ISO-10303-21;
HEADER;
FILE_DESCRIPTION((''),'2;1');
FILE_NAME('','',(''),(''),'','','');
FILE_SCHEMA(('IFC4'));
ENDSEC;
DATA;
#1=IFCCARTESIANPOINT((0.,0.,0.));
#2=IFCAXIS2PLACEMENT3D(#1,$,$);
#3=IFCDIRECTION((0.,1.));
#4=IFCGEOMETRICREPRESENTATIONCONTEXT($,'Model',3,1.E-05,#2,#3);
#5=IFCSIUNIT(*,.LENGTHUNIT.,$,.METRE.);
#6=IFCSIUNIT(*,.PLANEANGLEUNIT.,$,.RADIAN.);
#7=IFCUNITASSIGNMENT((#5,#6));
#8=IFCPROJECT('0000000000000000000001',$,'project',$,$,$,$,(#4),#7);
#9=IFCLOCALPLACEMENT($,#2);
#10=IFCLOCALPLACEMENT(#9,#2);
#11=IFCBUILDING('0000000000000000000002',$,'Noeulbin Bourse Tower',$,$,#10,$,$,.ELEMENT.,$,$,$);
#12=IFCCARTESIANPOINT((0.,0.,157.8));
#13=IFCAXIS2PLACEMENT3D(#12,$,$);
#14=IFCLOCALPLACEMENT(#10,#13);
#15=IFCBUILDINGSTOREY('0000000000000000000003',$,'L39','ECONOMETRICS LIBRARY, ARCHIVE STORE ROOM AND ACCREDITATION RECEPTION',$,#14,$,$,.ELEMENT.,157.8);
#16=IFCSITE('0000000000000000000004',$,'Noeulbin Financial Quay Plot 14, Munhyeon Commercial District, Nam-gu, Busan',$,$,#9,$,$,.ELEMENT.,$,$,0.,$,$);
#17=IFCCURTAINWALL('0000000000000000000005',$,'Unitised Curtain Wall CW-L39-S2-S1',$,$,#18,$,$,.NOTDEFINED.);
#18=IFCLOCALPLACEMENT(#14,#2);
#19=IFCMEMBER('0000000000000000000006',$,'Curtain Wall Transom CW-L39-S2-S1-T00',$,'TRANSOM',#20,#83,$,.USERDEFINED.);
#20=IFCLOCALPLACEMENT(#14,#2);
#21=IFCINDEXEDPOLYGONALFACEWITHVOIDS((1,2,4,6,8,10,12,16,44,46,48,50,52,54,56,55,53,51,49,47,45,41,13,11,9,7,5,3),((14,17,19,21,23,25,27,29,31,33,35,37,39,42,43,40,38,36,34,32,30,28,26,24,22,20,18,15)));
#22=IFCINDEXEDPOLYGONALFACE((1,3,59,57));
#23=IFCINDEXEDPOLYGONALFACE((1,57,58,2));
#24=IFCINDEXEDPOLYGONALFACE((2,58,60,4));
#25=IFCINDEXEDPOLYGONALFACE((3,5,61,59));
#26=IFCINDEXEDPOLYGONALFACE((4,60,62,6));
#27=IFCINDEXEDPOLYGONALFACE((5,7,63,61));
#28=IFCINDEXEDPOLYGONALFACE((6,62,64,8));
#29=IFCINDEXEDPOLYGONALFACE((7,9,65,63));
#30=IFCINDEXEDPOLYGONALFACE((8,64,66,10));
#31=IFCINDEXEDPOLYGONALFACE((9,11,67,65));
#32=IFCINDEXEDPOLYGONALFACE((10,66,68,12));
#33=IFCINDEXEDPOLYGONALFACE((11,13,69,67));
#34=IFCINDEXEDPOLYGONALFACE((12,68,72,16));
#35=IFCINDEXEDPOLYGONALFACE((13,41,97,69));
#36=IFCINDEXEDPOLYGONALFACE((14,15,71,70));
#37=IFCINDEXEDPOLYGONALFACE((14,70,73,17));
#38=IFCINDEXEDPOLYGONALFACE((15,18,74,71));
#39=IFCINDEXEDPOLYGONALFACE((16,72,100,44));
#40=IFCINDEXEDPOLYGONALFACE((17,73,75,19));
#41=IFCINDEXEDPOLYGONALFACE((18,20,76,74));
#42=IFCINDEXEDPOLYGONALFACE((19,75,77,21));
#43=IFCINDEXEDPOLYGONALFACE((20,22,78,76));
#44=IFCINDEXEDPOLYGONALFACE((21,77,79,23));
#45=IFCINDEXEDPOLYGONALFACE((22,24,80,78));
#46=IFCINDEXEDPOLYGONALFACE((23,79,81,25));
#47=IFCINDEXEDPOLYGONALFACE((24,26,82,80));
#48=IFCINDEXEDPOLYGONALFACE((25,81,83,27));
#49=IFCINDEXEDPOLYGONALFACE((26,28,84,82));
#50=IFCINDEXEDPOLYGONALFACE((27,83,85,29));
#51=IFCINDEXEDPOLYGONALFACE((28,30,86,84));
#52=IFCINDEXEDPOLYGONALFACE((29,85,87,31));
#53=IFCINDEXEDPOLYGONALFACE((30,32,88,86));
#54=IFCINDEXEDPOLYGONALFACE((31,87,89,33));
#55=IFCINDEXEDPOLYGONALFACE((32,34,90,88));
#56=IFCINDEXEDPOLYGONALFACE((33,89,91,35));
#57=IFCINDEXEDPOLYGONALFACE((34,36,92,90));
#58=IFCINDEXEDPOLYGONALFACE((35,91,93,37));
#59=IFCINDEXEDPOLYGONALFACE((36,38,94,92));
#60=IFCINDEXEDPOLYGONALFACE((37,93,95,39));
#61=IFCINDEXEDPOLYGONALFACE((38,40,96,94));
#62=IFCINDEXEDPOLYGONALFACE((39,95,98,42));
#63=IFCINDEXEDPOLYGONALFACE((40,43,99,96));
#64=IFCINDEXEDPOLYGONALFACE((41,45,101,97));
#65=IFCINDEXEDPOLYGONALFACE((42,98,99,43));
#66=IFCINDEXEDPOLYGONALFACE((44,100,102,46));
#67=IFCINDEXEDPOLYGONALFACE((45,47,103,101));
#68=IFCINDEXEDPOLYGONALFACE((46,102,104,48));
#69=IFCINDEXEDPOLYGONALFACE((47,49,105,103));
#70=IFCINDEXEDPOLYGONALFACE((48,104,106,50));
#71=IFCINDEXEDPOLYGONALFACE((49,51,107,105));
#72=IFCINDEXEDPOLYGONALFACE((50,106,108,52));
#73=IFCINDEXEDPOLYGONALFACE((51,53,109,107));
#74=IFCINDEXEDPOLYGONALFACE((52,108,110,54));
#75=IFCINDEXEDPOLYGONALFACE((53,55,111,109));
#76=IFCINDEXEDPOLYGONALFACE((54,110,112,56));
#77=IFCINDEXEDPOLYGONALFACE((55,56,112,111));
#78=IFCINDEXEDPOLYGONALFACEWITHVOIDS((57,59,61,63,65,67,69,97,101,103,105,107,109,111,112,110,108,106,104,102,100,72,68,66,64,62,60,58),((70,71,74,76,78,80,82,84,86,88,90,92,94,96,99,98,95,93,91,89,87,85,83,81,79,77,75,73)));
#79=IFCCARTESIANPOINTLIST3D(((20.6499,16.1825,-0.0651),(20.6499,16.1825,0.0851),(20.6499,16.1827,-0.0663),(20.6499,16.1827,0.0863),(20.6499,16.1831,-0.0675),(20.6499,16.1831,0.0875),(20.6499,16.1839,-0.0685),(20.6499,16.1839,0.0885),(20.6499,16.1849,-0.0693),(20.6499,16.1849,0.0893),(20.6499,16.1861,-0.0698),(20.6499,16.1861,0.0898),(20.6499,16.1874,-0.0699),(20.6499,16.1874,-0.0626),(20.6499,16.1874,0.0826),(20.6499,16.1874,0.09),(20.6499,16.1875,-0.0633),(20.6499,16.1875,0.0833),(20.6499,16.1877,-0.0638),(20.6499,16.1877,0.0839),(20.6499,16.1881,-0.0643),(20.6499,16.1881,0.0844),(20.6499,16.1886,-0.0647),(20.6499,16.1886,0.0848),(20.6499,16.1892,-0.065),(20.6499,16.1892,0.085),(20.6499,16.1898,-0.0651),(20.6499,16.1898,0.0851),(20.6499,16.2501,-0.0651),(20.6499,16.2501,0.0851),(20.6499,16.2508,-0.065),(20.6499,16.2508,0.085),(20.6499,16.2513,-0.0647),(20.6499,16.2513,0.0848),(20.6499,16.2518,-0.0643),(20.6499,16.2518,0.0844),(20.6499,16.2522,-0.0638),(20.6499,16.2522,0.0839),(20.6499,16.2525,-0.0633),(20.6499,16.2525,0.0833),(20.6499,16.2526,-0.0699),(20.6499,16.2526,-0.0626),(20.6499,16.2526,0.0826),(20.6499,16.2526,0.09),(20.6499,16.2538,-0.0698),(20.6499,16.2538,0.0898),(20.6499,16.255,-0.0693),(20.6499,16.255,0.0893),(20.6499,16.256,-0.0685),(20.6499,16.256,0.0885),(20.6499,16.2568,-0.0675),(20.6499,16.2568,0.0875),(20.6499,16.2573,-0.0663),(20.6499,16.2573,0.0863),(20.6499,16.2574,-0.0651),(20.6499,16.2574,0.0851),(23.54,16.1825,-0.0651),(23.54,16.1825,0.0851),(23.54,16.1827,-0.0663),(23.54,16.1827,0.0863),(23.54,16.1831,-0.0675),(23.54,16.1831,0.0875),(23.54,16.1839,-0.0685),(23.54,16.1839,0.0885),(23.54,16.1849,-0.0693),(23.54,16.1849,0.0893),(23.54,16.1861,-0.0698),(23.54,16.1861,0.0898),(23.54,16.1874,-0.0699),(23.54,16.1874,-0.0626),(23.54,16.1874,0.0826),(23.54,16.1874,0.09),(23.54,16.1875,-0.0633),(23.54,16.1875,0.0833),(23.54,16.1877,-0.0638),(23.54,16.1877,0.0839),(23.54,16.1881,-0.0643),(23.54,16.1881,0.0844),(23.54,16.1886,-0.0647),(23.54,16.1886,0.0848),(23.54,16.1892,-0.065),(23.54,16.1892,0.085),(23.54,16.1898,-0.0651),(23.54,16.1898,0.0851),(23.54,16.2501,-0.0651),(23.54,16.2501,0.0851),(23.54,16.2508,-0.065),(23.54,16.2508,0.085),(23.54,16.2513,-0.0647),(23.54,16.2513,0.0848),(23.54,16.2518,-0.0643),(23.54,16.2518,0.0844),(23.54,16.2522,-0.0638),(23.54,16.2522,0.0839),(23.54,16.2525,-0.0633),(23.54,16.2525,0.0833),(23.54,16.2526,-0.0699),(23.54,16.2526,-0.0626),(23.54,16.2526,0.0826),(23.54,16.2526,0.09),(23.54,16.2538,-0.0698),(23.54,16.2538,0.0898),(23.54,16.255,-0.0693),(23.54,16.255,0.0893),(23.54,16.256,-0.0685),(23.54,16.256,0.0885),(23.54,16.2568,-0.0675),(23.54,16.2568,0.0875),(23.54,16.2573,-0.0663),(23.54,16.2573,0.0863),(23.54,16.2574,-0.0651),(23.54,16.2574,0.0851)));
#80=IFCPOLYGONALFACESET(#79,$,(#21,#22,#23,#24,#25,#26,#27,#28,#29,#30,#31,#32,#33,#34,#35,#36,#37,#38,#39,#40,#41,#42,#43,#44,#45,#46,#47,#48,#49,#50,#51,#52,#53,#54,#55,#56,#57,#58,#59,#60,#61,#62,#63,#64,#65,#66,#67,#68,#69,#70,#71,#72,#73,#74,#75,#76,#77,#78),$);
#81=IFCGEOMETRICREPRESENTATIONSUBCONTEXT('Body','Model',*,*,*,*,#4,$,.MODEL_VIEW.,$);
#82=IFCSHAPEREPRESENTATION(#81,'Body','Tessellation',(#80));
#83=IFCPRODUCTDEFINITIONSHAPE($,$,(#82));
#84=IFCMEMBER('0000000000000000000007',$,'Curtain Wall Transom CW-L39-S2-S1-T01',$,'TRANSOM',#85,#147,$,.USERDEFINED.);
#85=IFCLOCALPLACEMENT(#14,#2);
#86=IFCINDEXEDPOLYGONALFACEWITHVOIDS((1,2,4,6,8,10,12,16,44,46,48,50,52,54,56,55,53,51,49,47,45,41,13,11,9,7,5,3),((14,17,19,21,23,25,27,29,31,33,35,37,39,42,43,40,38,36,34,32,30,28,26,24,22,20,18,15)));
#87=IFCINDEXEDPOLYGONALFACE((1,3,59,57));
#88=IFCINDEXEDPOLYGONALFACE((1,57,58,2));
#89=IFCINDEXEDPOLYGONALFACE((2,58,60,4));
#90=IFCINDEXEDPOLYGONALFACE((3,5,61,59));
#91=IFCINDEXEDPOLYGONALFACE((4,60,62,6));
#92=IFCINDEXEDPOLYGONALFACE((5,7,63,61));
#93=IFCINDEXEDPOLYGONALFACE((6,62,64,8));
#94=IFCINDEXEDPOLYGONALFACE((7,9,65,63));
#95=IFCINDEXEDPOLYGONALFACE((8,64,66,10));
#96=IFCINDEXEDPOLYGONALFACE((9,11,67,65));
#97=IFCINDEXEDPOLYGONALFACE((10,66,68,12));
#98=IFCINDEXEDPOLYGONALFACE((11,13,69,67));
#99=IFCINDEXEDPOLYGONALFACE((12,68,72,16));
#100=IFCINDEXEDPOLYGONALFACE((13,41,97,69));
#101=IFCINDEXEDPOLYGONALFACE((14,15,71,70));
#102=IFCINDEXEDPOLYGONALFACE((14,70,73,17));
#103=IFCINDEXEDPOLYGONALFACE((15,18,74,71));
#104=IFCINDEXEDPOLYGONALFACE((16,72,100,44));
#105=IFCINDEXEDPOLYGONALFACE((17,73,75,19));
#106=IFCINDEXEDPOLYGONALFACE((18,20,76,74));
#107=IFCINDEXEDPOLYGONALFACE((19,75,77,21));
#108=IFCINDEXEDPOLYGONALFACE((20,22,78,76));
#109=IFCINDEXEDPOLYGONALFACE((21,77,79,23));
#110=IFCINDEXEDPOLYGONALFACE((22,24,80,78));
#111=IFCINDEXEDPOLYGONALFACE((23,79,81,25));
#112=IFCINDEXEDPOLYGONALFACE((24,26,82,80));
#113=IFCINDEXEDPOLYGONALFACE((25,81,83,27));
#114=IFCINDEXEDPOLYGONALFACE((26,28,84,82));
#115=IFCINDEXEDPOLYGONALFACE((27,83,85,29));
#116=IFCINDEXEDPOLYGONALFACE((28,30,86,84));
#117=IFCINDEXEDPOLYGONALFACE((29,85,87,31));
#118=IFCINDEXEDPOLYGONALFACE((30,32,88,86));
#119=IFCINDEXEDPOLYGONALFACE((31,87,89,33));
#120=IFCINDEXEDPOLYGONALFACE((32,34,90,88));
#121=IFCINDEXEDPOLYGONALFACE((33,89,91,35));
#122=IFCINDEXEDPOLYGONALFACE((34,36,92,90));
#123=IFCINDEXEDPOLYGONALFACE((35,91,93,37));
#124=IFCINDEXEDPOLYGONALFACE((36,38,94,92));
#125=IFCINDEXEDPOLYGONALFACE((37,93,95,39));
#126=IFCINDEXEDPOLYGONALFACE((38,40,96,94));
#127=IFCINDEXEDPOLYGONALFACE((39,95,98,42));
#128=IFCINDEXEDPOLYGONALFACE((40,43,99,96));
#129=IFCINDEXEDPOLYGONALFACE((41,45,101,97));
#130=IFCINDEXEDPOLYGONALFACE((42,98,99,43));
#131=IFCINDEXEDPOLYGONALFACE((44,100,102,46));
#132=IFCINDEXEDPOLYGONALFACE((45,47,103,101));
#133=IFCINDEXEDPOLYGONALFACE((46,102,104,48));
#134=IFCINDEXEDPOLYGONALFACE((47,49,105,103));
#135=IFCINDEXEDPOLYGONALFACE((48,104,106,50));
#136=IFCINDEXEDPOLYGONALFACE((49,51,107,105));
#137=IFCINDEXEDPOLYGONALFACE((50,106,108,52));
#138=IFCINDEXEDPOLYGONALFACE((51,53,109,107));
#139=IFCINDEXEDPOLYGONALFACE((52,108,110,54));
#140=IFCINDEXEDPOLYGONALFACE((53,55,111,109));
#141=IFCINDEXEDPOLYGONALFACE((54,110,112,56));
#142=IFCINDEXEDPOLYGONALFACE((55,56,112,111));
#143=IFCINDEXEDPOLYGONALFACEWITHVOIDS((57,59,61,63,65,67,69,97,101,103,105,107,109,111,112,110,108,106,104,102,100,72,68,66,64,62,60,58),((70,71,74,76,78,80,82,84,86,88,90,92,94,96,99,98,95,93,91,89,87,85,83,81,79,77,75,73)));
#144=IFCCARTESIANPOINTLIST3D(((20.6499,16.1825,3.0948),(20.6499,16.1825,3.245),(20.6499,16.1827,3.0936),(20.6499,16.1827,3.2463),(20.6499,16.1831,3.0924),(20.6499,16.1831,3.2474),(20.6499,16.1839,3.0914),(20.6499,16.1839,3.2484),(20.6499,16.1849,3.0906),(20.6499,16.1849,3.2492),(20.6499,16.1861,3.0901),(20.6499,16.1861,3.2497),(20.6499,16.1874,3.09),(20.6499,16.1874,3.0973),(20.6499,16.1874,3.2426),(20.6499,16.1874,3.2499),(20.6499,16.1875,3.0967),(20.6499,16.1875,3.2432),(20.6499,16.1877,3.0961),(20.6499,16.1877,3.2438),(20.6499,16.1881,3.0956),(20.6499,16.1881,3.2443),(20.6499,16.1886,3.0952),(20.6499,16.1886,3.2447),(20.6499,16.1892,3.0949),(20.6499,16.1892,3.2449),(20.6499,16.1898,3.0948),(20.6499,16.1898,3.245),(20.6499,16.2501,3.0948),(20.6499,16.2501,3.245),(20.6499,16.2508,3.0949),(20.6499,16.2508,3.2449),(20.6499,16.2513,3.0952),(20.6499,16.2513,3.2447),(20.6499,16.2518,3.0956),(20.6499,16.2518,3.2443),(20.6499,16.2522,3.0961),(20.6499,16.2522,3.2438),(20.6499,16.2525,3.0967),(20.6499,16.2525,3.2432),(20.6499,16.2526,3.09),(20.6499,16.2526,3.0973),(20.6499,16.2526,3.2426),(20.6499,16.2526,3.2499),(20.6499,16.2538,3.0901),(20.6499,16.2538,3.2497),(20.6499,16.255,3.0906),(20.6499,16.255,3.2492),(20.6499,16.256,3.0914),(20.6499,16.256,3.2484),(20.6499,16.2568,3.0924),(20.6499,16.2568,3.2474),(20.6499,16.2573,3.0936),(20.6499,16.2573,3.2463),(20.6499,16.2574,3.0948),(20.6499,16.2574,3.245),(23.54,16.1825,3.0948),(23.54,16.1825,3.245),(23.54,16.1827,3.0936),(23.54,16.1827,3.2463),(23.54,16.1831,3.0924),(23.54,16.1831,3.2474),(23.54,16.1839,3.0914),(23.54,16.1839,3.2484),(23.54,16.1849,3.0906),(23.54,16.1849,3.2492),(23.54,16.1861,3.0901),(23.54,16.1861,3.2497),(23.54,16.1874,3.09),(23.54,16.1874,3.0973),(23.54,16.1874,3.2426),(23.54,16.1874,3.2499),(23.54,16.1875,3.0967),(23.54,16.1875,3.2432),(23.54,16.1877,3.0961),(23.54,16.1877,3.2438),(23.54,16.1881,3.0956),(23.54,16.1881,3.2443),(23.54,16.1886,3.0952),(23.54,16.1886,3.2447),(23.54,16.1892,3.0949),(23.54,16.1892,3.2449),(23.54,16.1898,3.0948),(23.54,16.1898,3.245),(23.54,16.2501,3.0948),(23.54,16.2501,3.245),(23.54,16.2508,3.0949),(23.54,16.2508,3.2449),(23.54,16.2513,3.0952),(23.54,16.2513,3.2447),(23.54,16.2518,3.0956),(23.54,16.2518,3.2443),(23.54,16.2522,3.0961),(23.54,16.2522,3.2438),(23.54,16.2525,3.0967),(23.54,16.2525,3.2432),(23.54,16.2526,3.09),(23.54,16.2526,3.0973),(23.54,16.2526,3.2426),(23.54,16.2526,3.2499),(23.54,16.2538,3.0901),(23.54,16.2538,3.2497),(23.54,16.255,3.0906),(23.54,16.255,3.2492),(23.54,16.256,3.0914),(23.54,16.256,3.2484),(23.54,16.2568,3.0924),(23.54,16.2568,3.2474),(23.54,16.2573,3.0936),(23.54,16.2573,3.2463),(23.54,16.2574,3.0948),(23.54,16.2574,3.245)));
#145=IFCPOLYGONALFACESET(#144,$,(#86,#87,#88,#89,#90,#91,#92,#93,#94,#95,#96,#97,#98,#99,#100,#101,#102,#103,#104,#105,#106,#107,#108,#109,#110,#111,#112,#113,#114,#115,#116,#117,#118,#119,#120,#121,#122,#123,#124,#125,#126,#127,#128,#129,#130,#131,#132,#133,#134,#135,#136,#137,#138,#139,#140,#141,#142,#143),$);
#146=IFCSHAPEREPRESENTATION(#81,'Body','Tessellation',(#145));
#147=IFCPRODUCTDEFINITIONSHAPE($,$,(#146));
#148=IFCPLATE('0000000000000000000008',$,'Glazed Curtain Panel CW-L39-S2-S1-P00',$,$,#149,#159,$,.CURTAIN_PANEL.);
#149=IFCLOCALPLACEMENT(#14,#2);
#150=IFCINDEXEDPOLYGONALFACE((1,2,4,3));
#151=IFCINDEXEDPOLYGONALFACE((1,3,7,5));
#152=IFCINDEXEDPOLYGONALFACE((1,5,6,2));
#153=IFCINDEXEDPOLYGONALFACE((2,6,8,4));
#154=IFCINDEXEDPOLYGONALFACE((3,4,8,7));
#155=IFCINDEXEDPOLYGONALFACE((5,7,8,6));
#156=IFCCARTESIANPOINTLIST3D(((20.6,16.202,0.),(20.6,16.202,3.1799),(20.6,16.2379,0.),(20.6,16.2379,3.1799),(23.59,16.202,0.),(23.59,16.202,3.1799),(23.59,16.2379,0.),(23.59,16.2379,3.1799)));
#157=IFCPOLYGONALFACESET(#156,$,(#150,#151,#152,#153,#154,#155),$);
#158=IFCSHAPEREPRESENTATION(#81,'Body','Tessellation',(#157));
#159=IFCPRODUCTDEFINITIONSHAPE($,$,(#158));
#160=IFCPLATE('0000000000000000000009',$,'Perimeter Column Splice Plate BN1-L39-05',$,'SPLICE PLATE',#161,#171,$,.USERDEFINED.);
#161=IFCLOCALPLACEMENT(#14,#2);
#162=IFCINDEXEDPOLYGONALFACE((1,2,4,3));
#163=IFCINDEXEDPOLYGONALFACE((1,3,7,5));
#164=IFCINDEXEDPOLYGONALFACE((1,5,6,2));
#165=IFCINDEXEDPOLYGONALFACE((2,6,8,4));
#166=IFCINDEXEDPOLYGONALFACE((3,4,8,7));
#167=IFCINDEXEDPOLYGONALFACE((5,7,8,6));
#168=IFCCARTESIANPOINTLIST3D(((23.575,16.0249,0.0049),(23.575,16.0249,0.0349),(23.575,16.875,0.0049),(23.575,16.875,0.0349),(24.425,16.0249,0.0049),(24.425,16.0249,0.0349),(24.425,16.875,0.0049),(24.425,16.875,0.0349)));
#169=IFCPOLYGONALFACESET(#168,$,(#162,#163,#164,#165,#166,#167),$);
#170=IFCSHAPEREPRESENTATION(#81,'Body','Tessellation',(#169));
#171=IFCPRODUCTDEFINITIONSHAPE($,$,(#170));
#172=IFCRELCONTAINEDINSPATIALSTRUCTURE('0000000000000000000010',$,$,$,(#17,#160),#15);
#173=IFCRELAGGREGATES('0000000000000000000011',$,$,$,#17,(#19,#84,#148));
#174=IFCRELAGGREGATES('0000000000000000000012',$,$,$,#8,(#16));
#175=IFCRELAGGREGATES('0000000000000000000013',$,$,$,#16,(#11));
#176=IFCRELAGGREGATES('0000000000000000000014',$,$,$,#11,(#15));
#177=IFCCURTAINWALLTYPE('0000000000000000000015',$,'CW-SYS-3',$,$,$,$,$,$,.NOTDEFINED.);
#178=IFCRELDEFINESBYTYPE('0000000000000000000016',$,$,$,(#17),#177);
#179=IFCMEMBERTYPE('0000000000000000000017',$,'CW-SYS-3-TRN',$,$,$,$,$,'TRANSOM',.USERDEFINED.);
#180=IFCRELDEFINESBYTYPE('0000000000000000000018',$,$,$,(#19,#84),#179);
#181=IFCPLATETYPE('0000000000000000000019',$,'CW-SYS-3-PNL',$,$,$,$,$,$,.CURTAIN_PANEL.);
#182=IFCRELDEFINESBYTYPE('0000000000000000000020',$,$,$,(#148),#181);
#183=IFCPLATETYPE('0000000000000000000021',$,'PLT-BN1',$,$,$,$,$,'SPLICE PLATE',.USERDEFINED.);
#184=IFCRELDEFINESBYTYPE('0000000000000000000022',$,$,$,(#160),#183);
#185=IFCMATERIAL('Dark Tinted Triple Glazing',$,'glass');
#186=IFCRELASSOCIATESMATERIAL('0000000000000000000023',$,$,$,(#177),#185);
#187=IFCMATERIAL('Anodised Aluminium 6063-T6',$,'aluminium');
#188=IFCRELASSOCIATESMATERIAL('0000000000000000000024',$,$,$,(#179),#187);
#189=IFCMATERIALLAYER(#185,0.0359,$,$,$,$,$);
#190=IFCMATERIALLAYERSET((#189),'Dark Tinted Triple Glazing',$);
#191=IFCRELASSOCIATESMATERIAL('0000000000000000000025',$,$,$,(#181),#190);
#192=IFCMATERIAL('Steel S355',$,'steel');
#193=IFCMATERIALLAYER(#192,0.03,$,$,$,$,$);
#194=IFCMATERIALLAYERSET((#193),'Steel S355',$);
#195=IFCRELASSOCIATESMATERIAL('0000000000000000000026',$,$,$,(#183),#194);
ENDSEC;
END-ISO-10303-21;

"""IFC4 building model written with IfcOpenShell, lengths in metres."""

from ifc_helpers import new_model, si_unit, direction, frame, origin, origin_2d, place, context, subcontext, project, spatial, rectangle, hollow_rectangle, extrude, material, layer, layer_set, material_profile, profile_set, type_object, element, aggregate, save


model = new_model("IFC4")

# Units and contexts
model_context = context("Model", 3, precision=1e-05, world=origin(), true_north=direction((0.0, 1.0)))
body_context = subcontext(model_context, "Body", "Model", "MODEL_VIEW")
ifc_project = project(units=[si_unit("LENGTHUNIT", "METRE"), si_unit("PLANEANGLEUNIT", "RADIAN")], contexts=[model_context])

# Site, building, storey
site_placement = place(None, origin())
site = spatial("IfcSite", under=ifc_project, at=site_placement, Name="Noeulbin Financial Quay Plot 14, Munhyeon Commercial District, Nam-gu, Busan", CompositionType="ELEMENT", RefElevation=0.0)
building_placement = place(site_placement, origin())
building = spatial("IfcBuilding", under=site, at=building_placement, Name="Noeulbin Bourse Tower", CompositionType="ELEMENT")
storey_placement = place(building_placement, frame((0.0, 0.0, 157.8)))
storey = spatial("IfcBuildingStorey", under=building, at=storey_placement, Name="L39", Description="ECONOMETRICS LIBRARY, ARCHIVE STORE ROOM AND ACCREDITATION RECEPTION", CompositionType="ELEMENT", Elevation=157.8)

# Shared definitions
ifc_material_1 = material(Name="Steel S355", Category="steel")

# Curtain wall, members, plate
ifc_material_2 = material(Name="Dark Tinted Triple Glazing", Category="glass")
curtain_wall_type = type_object("IfcCurtainWallType", Name="CW-SYS-3", PredefinedType="NOTDEFINED", material=ifc_material_2)
curtain_wall_placement = place(storey_placement, origin())
curtain_wall = element("IfcCurtainWall", 1, at=curtain_wall_placement, inside=storey, type_object=curtain_wall_type, Name="Unitised Curtain Wall CW-L39-S2-S1", PredefinedType="NOTDEFINED")
ifc_material_3 = material(Name="Anodised Aluminium 6063-T6", Category="aluminium")
ifc_material_profile_1 = material_profile(ifc_material_3, hollow_rectangle(XDim=0.075, YDim=0.1599, WallThickness=0.0049, InnerFilletRadius=0.0024, OuterFilletRadius=0.0049, at=origin_2d()), Name="ALU-TRAN-75x160x5", Category="LoadBearing")
ifc_profile_set_1 = profile_set([ifc_material_profile_1], Name="Anodised Aluminium 6063-T6")
member_type_1 = type_object("IfcMemberType", Name="CW-SYS-3-TRN", ElementType="TRANSOM", PredefinedType="USERDEFINED", material=ifc_profile_set_1)
member_1_placement = place(storey_placement, frame((20.6499, 16.22, 0.01), z_axis=(1.0, 0.0, 0.0), x_axis=(0.0, 1.0, 0.0)))
member_1 = element("IfcMember", 2, at=member_1_placement, type_object=member_type_1, Name="Curtain Wall Transom CW-L39-S2-S1-T00", ObjectType="TRANSOM", PredefinedType="USERDEFINED", context=body_context, shape_type="SweptSolid", body=[
    extrude(hollow_rectangle(XDim=0.075, YDim=0.1599, WallThickness=0.0049, InnerFilletRadius=0.0024, OuterFilletRadius=0.0049, at=origin_2d()), origin(), (0.0, 0.0, 1.0), 2.8901),
])
member_2_placement = place(storey_placement, frame((20.6499, 16.22, 3.1699), z_axis=(1.0, 0.0, 0.0), x_axis=(0.0, 1.0, 0.0)))
member_2 = element("IfcMember", 3, at=member_2_placement, type_object=member_type_1, Name="Curtain Wall Transom CW-L39-S2-S1-T01", ObjectType="TRANSOM", PredefinedType="USERDEFINED", context=body_context, shape_type="SweptSolid", body=[
    extrude(hollow_rectangle(XDim=0.075, YDim=0.1599, WallThickness=0.0049, InnerFilletRadius=0.0024, OuterFilletRadius=0.0049, at=origin_2d()), origin(), (0.0, 0.0, 1.0), 2.8901),
])
ifc_layer_1 = layer(ifc_material_2, 0.0359)
ifc_layer_set_1 = layer_set([ifc_layer_1], Name="Dark Tinted Triple Glazing")
plate_type_1 = type_object("IfcPlateType", Name="CW-SYS-3-PNL", PredefinedType="CURTAIN_PANEL", material=ifc_layer_set_1)
plate_1_placement = place(storey_placement, frame((22.095, 16.22, 0.0), z_axis=(0.0, 0.0, 1.0), x_axis=(1.0, 0.0, 0.0)))
plate_1 = element("IfcPlate", 4, at=plate_1_placement, type_object=plate_type_1, Name="Glazed Curtain Panel CW-L39-S2-S1-P00", PredefinedType="CURTAIN_PANEL", context=body_context, shape_type="SweptSolid", body=[
    extrude(rectangle(XDim=2.99, YDim=0.0359, at=origin_2d()), origin(), (0.0, 0.0, 1.0), 3.1799),
])
aggregate(curtain_wall, [member_1, member_2, plate_1])

# Plate
ifc_layer_2 = layer(ifc_material_1, 0.03)
ifc_layer_set_2 = layer_set([ifc_layer_2], Name="Steel S355")
plate_type_2 = type_object("IfcPlateType", Name="PLT-BN1", ElementType="SPLICE PLATE", PredefinedType="USERDEFINED", material=ifc_layer_set_2)
plate_2_placement = place(storey_placement, frame((24.0, 16.45, 0.0049), z_axis=(0.0, 0.0, 1.0), x_axis=(1.0, 0.0, 0.0)))
element("IfcPlate", 5, at=plate_2_placement, inside=storey, type_object=plate_type_2, Name="Perimeter Column Splice Plate BN1-L39-05", ObjectType="SPLICE PLATE", PredefinedType="USERDEFINED", context=body_context, shape_type="SweptSolid", body=[
    extrude(rectangle(XDim=0.8501, YDim=0.8501, at=origin_2d()), origin(), (0.0, 0.0, 1.0), 0.03),
])

save(model, "model.ifc")
